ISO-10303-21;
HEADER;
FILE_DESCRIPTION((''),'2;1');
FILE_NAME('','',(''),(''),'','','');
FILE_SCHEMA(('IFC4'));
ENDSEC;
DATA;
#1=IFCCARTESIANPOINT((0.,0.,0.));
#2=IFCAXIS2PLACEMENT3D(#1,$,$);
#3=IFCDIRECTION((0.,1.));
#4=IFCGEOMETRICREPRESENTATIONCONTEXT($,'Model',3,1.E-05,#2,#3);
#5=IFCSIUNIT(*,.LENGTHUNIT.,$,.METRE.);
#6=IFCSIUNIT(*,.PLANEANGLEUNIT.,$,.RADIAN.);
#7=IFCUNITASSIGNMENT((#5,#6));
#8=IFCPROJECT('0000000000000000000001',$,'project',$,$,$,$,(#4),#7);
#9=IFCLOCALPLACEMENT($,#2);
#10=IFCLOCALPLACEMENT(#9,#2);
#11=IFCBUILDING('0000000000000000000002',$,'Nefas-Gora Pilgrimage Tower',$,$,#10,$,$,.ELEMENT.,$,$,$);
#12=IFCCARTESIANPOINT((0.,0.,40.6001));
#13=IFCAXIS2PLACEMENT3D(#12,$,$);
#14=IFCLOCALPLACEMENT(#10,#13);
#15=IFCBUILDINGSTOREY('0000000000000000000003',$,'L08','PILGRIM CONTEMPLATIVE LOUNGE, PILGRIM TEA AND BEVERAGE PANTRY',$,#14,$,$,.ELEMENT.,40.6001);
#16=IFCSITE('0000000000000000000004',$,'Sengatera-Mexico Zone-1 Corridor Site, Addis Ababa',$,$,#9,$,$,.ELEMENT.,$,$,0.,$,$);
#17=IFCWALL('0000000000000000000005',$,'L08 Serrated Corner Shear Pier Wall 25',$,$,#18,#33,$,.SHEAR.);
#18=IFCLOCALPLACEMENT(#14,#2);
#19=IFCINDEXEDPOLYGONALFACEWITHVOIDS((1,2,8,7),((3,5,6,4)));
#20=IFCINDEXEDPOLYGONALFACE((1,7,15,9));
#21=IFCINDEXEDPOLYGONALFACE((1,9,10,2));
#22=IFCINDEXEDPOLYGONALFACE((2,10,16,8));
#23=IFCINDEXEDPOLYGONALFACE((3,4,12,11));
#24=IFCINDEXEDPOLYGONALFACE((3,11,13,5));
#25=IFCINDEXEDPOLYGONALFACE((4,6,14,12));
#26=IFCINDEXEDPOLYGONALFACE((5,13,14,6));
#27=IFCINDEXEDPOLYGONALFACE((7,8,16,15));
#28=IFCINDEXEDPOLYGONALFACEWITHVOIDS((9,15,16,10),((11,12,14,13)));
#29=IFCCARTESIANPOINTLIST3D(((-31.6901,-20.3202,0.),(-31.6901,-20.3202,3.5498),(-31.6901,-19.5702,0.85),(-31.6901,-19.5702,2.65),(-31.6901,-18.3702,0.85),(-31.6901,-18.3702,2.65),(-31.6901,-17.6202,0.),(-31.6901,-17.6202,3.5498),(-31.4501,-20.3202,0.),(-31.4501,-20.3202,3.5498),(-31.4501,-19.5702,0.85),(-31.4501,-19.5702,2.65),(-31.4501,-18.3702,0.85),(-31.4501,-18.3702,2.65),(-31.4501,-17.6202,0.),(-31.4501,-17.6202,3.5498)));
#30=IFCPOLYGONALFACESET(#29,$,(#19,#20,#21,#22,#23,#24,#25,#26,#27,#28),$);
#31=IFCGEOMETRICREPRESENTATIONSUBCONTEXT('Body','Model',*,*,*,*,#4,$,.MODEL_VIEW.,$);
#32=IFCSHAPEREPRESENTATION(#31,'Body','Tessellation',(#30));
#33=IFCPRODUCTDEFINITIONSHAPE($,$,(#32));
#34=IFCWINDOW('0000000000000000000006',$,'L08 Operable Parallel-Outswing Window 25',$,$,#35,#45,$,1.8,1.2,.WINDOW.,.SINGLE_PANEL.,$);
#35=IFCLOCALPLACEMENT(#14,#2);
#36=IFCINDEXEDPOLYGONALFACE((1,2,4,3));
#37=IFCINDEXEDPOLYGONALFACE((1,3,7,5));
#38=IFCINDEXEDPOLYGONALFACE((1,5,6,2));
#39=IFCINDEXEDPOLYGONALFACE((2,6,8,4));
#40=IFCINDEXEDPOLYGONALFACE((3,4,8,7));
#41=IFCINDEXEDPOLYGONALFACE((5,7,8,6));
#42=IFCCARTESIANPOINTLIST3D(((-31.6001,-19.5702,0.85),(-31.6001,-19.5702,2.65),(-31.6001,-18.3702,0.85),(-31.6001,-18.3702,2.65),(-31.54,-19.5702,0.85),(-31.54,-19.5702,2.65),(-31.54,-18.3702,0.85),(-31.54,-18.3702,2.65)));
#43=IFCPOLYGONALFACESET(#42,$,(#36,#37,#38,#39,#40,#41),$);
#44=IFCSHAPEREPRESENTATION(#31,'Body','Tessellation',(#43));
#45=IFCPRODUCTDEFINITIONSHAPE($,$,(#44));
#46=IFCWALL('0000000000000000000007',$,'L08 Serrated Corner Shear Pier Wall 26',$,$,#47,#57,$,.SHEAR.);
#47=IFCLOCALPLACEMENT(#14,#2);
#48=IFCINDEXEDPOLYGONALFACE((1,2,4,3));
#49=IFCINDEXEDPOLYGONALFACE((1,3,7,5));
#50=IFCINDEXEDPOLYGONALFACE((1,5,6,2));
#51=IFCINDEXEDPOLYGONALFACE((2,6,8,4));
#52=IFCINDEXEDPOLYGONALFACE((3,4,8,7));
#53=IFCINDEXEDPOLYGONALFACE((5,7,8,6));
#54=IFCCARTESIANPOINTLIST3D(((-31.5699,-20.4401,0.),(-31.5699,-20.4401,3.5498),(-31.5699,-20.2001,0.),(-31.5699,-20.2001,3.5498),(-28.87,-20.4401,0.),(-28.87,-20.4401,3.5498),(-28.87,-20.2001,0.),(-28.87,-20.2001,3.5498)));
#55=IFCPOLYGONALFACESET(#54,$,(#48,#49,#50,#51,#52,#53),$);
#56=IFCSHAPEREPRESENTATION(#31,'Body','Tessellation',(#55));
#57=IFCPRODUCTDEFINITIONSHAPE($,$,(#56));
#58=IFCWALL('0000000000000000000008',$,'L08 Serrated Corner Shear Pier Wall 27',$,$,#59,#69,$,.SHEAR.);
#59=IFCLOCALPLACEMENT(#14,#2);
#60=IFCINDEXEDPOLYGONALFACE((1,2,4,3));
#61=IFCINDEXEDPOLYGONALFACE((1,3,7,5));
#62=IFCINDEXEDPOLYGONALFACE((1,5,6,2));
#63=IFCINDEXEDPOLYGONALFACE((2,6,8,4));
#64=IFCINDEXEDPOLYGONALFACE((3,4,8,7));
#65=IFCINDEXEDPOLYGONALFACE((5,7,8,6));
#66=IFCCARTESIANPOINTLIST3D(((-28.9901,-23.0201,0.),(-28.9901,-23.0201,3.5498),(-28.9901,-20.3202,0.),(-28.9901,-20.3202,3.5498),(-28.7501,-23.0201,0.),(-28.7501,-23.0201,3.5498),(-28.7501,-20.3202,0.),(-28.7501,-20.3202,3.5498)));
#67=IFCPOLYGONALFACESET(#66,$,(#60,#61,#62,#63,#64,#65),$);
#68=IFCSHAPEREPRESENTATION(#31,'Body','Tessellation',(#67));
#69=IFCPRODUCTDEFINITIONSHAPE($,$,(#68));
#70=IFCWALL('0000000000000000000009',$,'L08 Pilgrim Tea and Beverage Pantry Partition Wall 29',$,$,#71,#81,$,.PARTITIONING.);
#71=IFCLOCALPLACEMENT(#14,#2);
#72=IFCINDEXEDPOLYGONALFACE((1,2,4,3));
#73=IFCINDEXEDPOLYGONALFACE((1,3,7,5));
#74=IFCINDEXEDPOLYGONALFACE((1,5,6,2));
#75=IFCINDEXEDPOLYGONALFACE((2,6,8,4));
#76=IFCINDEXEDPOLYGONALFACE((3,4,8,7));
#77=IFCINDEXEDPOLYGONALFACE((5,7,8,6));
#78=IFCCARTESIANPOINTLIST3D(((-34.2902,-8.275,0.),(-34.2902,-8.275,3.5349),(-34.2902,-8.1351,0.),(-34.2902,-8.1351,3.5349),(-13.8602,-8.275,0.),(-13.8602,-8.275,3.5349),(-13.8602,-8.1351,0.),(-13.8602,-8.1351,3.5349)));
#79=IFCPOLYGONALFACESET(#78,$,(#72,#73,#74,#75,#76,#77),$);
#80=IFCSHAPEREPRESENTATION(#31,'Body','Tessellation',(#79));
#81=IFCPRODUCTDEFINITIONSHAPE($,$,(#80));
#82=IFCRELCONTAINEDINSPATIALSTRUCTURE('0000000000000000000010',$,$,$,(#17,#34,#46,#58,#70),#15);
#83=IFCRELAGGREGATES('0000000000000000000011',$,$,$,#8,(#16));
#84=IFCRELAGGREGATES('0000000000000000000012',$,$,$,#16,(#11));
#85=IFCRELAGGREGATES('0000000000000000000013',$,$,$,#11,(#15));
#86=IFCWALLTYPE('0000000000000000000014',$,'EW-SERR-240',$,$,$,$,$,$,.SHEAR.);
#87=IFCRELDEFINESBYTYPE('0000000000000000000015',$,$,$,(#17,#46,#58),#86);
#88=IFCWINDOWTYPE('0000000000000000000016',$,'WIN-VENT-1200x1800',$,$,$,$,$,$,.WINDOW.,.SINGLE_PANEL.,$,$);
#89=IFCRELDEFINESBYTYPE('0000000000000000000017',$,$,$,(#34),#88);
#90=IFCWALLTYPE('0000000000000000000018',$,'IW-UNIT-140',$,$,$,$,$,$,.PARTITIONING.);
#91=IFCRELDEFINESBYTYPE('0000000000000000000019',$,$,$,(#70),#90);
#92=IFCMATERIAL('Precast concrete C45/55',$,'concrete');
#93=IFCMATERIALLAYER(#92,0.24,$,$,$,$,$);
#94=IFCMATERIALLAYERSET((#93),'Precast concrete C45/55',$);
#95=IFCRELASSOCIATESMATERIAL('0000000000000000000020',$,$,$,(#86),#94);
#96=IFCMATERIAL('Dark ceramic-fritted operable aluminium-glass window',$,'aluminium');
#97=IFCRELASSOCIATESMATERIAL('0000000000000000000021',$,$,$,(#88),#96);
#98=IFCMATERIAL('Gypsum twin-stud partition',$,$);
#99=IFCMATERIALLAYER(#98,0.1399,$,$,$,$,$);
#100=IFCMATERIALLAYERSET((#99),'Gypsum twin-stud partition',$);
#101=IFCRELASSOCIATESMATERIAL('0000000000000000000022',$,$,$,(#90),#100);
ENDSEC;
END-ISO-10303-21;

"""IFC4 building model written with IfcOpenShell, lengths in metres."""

from ifc_helpers import new_model, si_unit, direction, frame, frame_2d, origin, place, context, subcontext, project, spatial, rectangle, extrude, source, transform, mapped, material, layer, layer_set, type_object, element, fill, save


model = new_model("IFC4")

# Units and contexts
model_context = context("Model", 3, precision=1e-05, world=origin(), true_north=direction((0.0, 1.0)))
body_context = subcontext(model_context, "Body", "Model", "MODEL_VIEW")
ifc_project = project(units=[si_unit("LENGTHUNIT", "METRE"), si_unit("PLANEANGLEUNIT", "RADIAN")], contexts=[model_context])

# Site, building, storey
site_placement = place(None, origin())
site = spatial("IfcSite", under=ifc_project, at=site_placement, Name="Sengatera-Mexico Zone-1 Corridor Site, Addis Ababa", CompositionType="ELEMENT", RefElevation=0.0)
building_placement = place(site_placement, origin())
building = spatial("IfcBuilding", under=site, at=building_placement, Name="Nefas-Gora Pilgrimage Tower", CompositionType="ELEMENT")
storey_placement = place(building_placement, frame((0.0, 0.0, 40.6001)))
storey = spatial("IfcBuildingStorey", under=building, at=storey_placement, Name="L08", Description="PILGRIM CONTEMPLATIVE LOUNGE, PILGRIM TEA AND BEVERAGE PANTRY", CompositionType="ELEMENT", Elevation=40.6001)

# Shared definitions
ifc_material_1 = material(Name="Precast concrete C45/55", Category="concrete")
ifc_layer_1 = layer(ifc_material_1, 0.24)
ifc_layer_set_1 = layer_set([ifc_layer_1], Name="Precast concrete C45/55")
wall_type_1 = type_object("IfcWallType", Name="EW-SERR-240", PredefinedType="SHEAR", material=ifc_layer_set_1)
shared_shape_1 = source(origin(), body_context, "Body", "SweptSolid", [
    extrude(rectangle(XDim=2.7, YDim=0.24, at=frame_2d((1.3501, 0.0))), origin(), (0.0, 0.0, 1.0), 3.5498),
])

# Wall, opening, window
wall_1_placement = place(storey_placement, frame((-31.5701, -17.6201, 0.0), z_axis=(0.0, 0.0, 1.0), x_axis=(0.0, -1.0, 0.0)))
wall_1 = element("IfcWall", 1, at=wall_1_placement, inside=storey, type_object=wall_type_1, Name="L08 Serrated Corner Shear Pier Wall 25", PredefinedType="SHEAR", context=body_context, shape_type="MappedRepresentation", body=[
    mapped(shared_shape_1, transform((0.0, 0.0, 0.0), x_axis=(1.0, 0.0, 0.0), y_axis=(0.0, 1.0, 0.0), z_axis=(0.0, 0.0, 1.0), scale=1.0)),
])
opening_placement = place(wall_1_placement, frame((0.75, 0.0, 0.8501)))
opening = element("IfcOpeningElement", 2, at=opening_placement, cuts=wall_1, PredefinedType="OPENING", context=body_context, shape_type="SweptSolid", body=[
    extrude(rectangle(XDim=1.2, YDim=1.8, at=frame_2d((0.6001, 0.8999))), frame((0.0, 0.1299, 0.0), z_axis=(0.0, -1.0, 0.0), x_axis=(1.0, 0.0, 0.0)), (0.0, 0.0, 1.0), 0.26),
])
ifc_material_2 = material(Name="Dark ceramic-fritted operable aluminium-glass window", Category="aluminium")
window_type = type_object("IfcWindowType", Name="WIN-VENT-1200x1800", PartitioningType="SINGLE_PANEL", PredefinedType="WINDOW", material=ifc_material_2)
shared_shape_2 = source(origin(), body_context, "Body", "SweptSolid", [
    extrude(rectangle(XDim=1.2, YDim=1.8, at=frame_2d((0.6001, 0.8999))), frame((0.0, 0.03, 0.0), z_axis=(0.0, -1.0, 0.0), x_axis=(1.0, 0.0, 0.0)), (0.0, 0.0, 1.0), 0.0601),
])
window_placement = place(opening_placement, origin())
window = element("IfcWindow", 3, at=window_placement, inside=storey, type_object=window_type, Name="L08 Operable Parallel-Outswing Window 25", OverallHeight=1.8, OverallWidth=1.2, PartitioningType="SINGLE_PANEL", PredefinedType="WINDOW", context=body_context, shape_type="MappedRepresentation", body=[
    mapped(shared_shape_2, transform((0.0, 0.0, 0.0), x_axis=(1.0, 0.0, 0.0), y_axis=(0.0, 1.0, 0.0), z_axis=(0.0, 0.0, 1.0), scale=1.0)),
])
fill(opening, window)

# Walls
for number, where, z_axis, x_axis, name in (
    (4, (-31.5701, -20.3201, 0.0), (0.0, 0.0, 1.0), (1.0, 0.0, 0.0), "L08 Serrated Corner Shear Pier Wall 26"),
    (5, (-28.8701, -20.3201, 0.0), (0.0, 0.0, 1.0), (0.0, -1.0, 0.0), "L08 Serrated Corner Shear Pier Wall 27"),
):
    element("IfcWall", number, at=place(storey_placement, frame(where, z_axis=z_axis, x_axis=x_axis)), inside=storey, type_object=wall_type_1, Name=name, PredefinedType="SHEAR", context=body_context, shape_type="MappedRepresentation", body=[
        mapped(shared_shape_1, transform((0.0, 0.0, 0.0), x_axis=(1.0, 0.0, 0.0), y_axis=(0.0, 1.0, 0.0), z_axis=(0.0, 0.0, 1.0), scale=1.0)),
    ])
ifc_material_3 = material(Name="Gypsum twin-stud partition")
ifc_layer_2 = layer(ifc_material_3, 0.1399)
ifc_layer_set_2 = layer_set([ifc_layer_2], Name="Gypsum twin-stud partition")
wall_type_2 = type_object("IfcWallType", Name="IW-UNIT-140", PredefinedType="PARTITIONING", material=ifc_layer_set_2)
shared_shape_3 = source(origin(), body_context, "Body", "SweptSolid", [
    extrude(rectangle(XDim=20.4299, YDim=0.1399, at=frame_2d((10.2148, 0.0))), origin(), (0.0, 0.0, 1.0), 3.5349),
])
wall_2_placement = place(storey_placement, frame((-34.29, -8.2051, 0.0), z_axis=(0.0, 0.0, 1.0), x_axis=(1.0, 0.0, 0.0)))
element("IfcWall", 6, at=wall_2_placement, inside=storey, type_object=wall_type_2, Name="L08 Pilgrim Tea and Beverage Pantry Partition Wall 29", PredefinedType="PARTITIONING", context=body_context, shape_type="MappedRepresentation", body=[
    mapped(shared_shape_3, transform((0.0, 0.0, 0.0), x_axis=(1.0, 0.0, 0.0), y_axis=(0.0, 1.0, 0.0), z_axis=(0.0, 0.0, 1.0), scale=1.0)),
])

save(model, "model.ifc")
